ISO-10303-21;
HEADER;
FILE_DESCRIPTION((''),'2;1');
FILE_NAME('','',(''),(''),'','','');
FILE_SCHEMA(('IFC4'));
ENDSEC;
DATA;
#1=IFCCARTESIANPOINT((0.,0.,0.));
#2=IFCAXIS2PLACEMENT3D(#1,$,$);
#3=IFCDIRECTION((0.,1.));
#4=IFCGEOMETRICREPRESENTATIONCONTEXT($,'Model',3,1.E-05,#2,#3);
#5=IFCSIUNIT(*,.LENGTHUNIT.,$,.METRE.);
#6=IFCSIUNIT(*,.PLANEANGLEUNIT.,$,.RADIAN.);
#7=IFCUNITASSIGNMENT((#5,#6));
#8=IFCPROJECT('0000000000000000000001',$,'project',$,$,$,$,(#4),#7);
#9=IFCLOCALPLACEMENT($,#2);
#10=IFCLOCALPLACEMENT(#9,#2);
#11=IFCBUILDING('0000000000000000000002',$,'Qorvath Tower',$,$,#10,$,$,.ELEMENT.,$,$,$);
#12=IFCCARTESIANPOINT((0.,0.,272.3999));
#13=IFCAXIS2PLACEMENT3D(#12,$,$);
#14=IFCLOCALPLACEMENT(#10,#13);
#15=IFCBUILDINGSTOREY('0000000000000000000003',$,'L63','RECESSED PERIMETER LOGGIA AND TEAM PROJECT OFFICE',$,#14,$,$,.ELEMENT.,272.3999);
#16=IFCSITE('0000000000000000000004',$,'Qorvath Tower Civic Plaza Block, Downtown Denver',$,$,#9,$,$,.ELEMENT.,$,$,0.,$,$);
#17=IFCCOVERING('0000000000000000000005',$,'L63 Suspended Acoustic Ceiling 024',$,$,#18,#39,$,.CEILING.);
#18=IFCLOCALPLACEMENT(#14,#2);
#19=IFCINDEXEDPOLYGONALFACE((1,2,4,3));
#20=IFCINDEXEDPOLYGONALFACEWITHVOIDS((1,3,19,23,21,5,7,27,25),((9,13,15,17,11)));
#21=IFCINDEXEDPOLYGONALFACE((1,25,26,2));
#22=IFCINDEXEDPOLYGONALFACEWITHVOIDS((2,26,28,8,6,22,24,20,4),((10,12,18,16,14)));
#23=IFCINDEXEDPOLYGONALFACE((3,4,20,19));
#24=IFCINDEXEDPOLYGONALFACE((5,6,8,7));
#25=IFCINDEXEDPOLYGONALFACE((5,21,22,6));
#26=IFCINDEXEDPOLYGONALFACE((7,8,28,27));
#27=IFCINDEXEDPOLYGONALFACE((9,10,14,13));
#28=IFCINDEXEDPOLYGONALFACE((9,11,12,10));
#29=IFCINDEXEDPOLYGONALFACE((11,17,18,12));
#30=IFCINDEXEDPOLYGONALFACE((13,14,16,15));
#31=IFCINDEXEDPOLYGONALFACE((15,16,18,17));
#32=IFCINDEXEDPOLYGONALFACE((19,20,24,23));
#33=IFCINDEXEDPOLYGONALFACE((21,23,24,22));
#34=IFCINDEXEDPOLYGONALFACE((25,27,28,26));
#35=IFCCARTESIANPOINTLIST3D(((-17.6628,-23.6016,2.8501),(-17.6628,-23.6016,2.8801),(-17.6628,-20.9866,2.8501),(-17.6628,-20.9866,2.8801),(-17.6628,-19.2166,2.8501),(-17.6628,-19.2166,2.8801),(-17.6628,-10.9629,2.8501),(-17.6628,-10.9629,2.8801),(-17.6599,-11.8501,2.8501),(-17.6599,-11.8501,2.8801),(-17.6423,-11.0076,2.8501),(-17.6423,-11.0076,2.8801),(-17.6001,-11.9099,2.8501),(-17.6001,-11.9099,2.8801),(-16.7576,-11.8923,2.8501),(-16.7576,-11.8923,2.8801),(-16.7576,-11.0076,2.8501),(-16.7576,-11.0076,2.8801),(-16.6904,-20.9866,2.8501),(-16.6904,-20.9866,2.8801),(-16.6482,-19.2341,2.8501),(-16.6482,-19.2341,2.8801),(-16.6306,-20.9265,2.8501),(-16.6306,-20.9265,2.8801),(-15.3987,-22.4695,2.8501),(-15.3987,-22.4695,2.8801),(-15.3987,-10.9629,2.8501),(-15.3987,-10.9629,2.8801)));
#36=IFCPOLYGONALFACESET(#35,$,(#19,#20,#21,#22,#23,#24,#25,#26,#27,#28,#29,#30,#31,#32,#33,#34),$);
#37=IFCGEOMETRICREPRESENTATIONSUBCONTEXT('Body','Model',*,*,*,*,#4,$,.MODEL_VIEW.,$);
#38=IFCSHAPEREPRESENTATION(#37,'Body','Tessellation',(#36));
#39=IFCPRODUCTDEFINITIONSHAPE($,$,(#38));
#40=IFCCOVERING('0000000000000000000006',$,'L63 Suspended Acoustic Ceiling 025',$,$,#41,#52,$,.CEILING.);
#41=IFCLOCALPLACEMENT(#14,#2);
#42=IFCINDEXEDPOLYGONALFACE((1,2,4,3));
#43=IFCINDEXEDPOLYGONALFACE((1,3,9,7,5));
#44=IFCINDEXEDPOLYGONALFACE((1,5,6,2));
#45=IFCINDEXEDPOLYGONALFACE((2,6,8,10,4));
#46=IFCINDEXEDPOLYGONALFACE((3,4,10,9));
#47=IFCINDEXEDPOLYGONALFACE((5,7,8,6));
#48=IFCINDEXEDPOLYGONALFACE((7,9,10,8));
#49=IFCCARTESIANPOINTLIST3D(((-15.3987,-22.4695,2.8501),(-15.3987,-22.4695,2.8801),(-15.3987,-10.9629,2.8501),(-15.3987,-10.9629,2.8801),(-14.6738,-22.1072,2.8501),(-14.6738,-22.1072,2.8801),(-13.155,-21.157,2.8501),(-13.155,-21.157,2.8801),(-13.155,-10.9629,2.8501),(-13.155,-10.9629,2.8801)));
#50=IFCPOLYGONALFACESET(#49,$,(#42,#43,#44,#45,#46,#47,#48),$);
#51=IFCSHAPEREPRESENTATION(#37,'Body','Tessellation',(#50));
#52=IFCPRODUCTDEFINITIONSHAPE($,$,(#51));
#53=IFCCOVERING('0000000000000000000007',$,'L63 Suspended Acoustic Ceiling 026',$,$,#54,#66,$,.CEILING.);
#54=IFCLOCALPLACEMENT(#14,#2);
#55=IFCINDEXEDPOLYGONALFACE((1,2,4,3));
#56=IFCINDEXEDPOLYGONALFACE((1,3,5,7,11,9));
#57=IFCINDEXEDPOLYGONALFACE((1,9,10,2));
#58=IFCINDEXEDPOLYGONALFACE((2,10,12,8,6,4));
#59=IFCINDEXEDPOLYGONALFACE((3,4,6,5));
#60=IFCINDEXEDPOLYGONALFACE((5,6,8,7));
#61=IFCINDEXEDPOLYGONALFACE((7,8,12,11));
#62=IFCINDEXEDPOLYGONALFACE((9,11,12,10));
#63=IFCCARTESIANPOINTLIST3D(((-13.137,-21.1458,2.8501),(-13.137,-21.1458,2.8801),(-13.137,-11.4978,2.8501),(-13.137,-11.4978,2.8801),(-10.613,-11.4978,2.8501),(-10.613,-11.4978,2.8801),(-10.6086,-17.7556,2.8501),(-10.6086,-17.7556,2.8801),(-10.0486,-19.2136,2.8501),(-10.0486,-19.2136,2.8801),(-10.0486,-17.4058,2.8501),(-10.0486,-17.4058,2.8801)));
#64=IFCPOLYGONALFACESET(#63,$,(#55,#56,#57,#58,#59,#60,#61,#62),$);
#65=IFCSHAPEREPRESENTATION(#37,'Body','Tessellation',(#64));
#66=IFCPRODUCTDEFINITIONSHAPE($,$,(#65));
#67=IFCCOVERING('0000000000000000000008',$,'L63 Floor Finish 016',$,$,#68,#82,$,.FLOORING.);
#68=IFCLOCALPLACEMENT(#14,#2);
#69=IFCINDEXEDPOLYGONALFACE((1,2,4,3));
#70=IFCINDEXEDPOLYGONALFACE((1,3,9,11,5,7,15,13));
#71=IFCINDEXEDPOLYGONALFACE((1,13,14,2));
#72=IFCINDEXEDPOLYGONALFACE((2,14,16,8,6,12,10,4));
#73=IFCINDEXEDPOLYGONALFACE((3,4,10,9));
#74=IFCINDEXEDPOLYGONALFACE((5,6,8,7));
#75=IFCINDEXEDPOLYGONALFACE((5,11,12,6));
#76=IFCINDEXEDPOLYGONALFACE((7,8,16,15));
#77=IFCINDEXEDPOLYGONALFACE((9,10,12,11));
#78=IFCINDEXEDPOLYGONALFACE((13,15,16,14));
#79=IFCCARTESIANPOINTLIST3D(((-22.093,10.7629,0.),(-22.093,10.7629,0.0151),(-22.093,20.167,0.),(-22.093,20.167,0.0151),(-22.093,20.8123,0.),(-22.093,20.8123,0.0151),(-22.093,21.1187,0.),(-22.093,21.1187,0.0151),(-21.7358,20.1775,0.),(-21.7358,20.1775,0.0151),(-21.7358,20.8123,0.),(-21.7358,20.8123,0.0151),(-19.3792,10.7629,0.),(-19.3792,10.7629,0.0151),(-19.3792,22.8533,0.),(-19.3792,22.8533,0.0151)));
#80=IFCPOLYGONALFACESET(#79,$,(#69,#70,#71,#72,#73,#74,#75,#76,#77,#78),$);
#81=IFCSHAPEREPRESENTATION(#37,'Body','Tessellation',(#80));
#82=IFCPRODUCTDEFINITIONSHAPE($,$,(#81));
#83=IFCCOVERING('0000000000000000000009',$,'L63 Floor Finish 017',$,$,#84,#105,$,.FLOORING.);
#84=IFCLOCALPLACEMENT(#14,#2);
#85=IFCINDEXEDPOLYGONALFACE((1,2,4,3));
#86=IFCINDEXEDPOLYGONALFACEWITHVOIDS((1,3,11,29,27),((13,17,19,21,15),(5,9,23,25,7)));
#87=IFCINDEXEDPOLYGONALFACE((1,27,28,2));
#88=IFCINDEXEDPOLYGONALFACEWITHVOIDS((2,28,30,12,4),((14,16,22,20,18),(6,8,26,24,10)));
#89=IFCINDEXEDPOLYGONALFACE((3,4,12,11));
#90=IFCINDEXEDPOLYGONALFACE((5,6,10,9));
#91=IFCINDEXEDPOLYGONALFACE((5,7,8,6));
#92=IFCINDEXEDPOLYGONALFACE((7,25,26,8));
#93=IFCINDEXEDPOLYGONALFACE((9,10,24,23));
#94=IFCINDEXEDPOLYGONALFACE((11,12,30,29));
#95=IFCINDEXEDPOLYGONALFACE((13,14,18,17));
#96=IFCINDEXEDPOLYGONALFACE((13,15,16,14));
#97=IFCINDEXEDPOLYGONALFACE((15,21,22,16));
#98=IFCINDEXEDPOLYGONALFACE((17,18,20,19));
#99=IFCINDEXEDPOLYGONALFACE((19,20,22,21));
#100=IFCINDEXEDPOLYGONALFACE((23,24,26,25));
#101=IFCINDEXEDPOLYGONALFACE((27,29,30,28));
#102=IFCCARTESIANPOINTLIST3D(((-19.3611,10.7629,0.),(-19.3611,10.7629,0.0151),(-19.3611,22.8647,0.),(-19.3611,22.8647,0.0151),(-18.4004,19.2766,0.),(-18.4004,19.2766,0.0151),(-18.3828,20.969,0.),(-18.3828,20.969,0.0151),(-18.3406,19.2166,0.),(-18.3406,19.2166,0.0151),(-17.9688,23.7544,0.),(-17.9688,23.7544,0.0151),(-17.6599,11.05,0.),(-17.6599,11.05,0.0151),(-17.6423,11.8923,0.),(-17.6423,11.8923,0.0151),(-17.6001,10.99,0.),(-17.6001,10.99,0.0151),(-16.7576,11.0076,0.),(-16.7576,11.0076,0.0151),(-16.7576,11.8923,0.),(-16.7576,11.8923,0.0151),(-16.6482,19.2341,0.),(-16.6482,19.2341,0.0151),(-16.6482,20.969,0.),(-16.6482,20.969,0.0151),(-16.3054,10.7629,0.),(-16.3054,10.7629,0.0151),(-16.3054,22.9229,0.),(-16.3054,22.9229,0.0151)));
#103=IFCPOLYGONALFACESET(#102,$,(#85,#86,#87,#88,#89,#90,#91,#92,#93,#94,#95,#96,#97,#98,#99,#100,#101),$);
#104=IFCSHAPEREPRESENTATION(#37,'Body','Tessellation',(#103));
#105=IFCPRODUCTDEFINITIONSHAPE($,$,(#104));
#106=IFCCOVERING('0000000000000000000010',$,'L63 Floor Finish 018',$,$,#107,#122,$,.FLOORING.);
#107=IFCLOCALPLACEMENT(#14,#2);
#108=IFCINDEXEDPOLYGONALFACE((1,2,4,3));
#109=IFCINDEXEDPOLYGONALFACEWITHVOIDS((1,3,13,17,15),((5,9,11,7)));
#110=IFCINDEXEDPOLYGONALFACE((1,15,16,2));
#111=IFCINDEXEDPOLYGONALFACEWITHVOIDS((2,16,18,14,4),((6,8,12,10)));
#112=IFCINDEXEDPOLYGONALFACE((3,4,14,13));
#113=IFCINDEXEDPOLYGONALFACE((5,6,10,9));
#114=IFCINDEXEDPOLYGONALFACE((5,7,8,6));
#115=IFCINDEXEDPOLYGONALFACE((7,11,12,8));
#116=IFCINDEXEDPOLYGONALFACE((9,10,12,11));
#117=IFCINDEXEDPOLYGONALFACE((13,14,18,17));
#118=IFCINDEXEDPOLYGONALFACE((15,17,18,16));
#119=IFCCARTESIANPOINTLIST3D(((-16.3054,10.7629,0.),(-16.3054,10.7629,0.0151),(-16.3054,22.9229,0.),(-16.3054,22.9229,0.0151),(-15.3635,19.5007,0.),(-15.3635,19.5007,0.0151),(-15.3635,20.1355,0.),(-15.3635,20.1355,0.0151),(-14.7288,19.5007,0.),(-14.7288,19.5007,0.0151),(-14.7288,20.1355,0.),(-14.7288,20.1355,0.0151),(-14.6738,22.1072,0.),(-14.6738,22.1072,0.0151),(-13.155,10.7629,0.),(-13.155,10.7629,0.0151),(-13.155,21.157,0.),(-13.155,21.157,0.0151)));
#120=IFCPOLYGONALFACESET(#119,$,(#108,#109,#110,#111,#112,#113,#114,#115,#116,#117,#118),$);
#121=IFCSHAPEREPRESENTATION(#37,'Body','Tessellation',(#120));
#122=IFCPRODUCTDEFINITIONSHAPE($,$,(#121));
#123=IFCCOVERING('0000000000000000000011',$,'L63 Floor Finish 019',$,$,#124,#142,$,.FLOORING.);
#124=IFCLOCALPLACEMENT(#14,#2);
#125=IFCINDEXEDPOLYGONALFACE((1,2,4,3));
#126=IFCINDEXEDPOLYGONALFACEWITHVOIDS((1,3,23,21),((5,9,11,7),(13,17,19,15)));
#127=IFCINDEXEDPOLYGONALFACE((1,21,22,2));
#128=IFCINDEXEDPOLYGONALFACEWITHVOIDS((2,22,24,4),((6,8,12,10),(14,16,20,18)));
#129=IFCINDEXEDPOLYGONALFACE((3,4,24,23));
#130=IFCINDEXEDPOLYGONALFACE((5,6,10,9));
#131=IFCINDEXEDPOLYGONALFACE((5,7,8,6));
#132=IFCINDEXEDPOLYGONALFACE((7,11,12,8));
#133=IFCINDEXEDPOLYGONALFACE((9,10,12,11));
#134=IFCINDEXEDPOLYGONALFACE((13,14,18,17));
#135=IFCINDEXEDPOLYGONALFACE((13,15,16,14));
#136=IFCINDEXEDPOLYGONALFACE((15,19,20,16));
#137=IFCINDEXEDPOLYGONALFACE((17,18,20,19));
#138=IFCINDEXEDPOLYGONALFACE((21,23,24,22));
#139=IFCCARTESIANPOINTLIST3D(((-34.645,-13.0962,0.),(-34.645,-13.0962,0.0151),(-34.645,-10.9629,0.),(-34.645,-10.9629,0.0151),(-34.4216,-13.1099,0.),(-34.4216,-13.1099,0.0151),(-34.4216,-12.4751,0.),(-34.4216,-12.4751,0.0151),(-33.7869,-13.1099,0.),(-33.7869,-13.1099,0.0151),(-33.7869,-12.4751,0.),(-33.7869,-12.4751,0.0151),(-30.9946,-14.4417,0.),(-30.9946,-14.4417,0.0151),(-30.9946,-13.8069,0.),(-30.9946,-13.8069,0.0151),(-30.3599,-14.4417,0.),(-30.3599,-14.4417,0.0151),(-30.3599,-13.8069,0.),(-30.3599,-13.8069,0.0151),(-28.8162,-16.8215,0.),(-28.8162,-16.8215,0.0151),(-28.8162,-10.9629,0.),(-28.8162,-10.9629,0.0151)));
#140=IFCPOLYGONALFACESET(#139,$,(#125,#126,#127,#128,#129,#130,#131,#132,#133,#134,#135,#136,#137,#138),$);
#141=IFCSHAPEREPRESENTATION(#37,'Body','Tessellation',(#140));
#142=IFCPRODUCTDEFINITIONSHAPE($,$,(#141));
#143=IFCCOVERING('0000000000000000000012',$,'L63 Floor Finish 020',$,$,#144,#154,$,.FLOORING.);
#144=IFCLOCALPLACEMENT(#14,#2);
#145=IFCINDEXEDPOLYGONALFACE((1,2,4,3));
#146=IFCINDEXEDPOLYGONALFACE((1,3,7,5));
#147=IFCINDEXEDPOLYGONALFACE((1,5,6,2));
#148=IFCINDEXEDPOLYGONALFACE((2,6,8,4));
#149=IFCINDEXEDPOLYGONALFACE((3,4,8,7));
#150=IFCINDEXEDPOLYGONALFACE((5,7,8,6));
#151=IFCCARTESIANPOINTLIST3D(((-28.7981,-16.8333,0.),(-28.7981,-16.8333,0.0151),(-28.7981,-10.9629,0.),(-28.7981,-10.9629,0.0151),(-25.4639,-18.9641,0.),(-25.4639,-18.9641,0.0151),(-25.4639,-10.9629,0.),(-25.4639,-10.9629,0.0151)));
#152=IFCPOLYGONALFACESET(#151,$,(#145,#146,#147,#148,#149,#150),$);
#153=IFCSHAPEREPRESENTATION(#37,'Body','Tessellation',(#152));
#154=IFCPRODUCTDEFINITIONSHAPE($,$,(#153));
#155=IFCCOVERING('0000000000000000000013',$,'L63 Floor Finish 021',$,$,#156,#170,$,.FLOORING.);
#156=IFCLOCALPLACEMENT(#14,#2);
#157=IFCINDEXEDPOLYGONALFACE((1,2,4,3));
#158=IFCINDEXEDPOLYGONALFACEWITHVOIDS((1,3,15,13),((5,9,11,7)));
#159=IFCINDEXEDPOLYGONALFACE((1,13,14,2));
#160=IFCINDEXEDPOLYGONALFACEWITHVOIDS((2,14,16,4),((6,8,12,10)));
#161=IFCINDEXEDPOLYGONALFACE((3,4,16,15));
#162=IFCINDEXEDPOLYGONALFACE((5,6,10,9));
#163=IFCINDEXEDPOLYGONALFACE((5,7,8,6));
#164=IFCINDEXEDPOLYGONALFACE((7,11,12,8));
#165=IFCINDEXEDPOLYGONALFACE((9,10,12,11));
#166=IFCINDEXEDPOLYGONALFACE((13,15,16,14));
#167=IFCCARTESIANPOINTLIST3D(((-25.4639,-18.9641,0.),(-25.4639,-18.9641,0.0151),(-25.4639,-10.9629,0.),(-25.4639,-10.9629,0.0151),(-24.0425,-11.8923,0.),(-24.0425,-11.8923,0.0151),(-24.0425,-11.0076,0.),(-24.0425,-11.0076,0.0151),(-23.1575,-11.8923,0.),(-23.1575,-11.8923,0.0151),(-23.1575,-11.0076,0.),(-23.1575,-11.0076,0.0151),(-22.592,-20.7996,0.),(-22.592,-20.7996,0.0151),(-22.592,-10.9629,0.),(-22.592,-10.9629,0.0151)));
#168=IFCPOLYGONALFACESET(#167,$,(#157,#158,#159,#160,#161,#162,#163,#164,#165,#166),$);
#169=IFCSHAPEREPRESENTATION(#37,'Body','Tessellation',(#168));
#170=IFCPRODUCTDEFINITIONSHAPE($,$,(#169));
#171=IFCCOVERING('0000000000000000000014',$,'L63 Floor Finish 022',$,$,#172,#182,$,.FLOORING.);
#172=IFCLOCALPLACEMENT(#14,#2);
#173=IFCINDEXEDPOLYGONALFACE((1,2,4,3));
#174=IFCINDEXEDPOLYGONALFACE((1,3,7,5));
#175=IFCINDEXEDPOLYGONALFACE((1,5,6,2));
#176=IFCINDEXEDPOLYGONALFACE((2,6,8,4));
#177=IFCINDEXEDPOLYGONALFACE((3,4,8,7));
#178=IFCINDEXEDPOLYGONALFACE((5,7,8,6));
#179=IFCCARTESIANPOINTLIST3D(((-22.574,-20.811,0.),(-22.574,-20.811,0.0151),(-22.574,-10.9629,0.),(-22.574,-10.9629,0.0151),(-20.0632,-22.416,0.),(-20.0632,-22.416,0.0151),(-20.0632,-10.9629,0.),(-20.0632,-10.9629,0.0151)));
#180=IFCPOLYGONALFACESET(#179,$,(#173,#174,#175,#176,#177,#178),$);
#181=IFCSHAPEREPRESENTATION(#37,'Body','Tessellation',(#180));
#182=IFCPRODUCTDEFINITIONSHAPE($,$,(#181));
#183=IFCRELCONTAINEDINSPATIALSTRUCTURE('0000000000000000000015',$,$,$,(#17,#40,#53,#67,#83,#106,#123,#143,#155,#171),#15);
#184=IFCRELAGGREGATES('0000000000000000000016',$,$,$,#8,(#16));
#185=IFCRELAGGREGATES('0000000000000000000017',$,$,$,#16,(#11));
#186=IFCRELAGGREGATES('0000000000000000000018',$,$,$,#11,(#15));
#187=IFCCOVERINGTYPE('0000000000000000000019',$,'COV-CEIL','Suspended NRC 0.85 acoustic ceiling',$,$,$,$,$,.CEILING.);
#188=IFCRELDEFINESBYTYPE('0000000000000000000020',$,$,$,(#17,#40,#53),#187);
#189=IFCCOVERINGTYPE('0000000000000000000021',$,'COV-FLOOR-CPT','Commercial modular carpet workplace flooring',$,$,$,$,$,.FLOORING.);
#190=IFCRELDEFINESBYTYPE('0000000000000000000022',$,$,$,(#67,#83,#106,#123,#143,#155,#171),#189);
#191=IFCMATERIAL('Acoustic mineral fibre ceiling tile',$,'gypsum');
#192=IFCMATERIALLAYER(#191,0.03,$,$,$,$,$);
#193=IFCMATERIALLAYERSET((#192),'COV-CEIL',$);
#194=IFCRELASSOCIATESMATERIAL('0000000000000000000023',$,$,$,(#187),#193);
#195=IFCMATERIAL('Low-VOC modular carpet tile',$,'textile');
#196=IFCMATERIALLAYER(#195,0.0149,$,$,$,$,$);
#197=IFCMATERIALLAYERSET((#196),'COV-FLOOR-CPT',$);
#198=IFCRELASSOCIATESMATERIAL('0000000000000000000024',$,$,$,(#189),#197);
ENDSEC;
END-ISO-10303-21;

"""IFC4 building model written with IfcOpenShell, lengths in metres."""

from ifc_helpers import new_model, si_unit, direction, frame, origin, place, context, subcontext, project, spatial, polyline, outline, extrude, material, layer, layer_set, type_object, element, save


model = new_model("IFC4")

# Units and contexts
model_context = context("Model", 3, precision=1e-05, world=origin(), true_north=direction((0.0, 1.0)))
body_context = subcontext(model_context, "Body", "Model", "MODEL_VIEW")
ifc_project = project(units=[si_unit("LENGTHUNIT", "METRE"), si_unit("PLANEANGLEUNIT", "RADIAN")], contexts=[model_context])

# Site, building, storey
site_placement = place(None, origin())
site = spatial("IfcSite", under=ifc_project, at=site_placement, Name="Qorvath Tower Civic Plaza Block, Downtown Denver", CompositionType="ELEMENT", RefElevation=0.0)
building_placement = place(site_placement, origin())
building = spatial("IfcBuilding", under=site, at=building_placement, Name="Qorvath Tower", CompositionType="ELEMENT")
storey_placement = place(building_placement, frame((0.0, 0.0, 272.3999)))
storey = spatial("IfcBuildingStorey", under=building, at=storey_placement, Name="L63", Description="RECESSED PERIMETER LOGGIA AND TEAM PROJECT OFFICE", CompositionType="ELEMENT", Elevation=272.3999)

# Coverings
ifc_material_1 = material(Name="Acoustic mineral fibre ceiling tile", Category="gypsum")
ifc_layer_1 = layer(ifc_material_1, 0.03)
ifc_layer_set_1 = layer_set([ifc_layer_1], Name="COV-CEIL")
covering_type_1 = type_object("IfcCoveringType", Name="COV-CEIL", Description="Suspended NRC 0.85 acoustic ceiling", PredefinedType="CEILING", material=ifc_layer_set_1)
covering_1_placement = place(storey_placement, frame((0.0, 0.0, 2.8501)))
element("IfcCovering", 1, at=covering_1_placement, inside=storey, type_object=covering_type_1, Name="L63 Suspended Acoustic Ceiling 024", PredefinedType="CEILING", context=body_context, shape_type="SweptSolid", body=[
    extrude(outline(polyline([(-17.6628, -20.9866), (-17.6628, -23.6016), (-15.3987, -22.4695), (-15.3987, -10.9629), (-17.6628, -10.9629), (-17.6628, -19.2166), (-16.6482, -19.2341), (-16.6306, -20.9265), (-16.6904, -20.9866), (-17.6628, -20.9866)]), holes=[polyline([(-17.6599, -11.8501), (-17.6423, -11.0076), (-16.7576, -11.0076), (-16.7576, -11.8923), (-17.6001, -11.9099), (-17.6599, -11.8501)])]), origin(), (0.0, 0.0, 1.0), 0.03),
])
covering_2_placement = place(storey_placement, frame((0.0, 0.0, 2.8501)))
element("IfcCovering", 2, at=covering_2_placement, inside=storey, type_object=covering_type_1, Name="L63 Suspended Acoustic Ceiling 025", PredefinedType="CEILING", context=body_context, shape_type="SweptSolid", body=[
    extrude(outline(polyline([(-15.3987, -10.9629), (-15.3987, -22.4695), (-14.6738, -22.1072), (-13.155, -21.157), (-13.155, -10.9629), (-15.3987, -10.9629)])), origin(), (0.0, 0.0, 1.0), 0.03),
])
covering_3_placement = place(storey_placement, frame((0.0, 0.0, 2.8501)))
element("IfcCovering", 3, at=covering_3_placement, inside=storey, type_object=covering_type_1, Name="L63 Suspended Acoustic Ceiling 026", PredefinedType="CEILING", context=body_context, shape_type="SweptSolid", body=[
    extrude(outline(polyline([(-13.137, -11.4978), (-13.137, -21.1458), (-10.0486, -19.2136), (-10.0486, -17.4058), (-10.6086, -17.7556), (-10.613, -11.4978), (-13.137, -11.4978)])), origin(), (0.0, 0.0, 1.0), 0.03),
])
ifc_material_2 = material(Name="Low-VOC modular carpet tile", Category="textile")
ifc_layer_2 = layer(ifc_material_2, 0.0149)
ifc_layer_set_2 = layer_set([ifc_layer_2], Name="COV-FLOOR-CPT")
covering_type_2 = type_object("IfcCoveringType", Name="COV-FLOOR-CPT", Description="Commercial modular carpet workplace flooring", PredefinedType="FLOORING", material=ifc_layer_set_2)
covering_4_placement = place(storey_placement, origin())
element("IfcCovering", 4, at=covering_4_placement, inside=storey, type_object=covering_type_2, Name="L63 Floor Finish 016", PredefinedType="FLOORING", context=body_context, shape_type="SweptSolid", body=[
    extrude(outline(polyline([(-22.093, 21.1187), (-22.093, 20.8123), (-21.7358, 20.8123), (-21.7358, 20.1775), (-22.093, 20.167), (-22.093, 10.7629), (-19.3792, 10.7629), (-19.3792, 22.8533), (-22.093, 21.1187)])), origin(), (0.0, 0.0, 1.0), 0.0151),
])
covering_5_placement = place(storey_placement, origin())
element("IfcCovering", 5, at=covering_5_placement, inside=storey, type_object=covering_type_2, Name="L63 Floor Finish 017", PredefinedType="FLOORING", context=body_context, shape_type="SweptSolid", body=[
    extrude(outline(polyline([(-19.3611, 22.8647), (-19.3611, 10.7629), (-16.3054, 10.7629), (-16.3054, 22.9229), (-17.9688, 23.7544), (-19.3611, 22.8647)]), holes=[polyline([(-18.4004, 19.2766), (-18.3828, 20.969), (-16.6482, 20.969), (-16.6482, 19.2341), (-18.3406, 19.2166), (-18.4004, 19.2766)]), polyline([(-17.6599, 11.05), (-17.6423, 11.8923), (-16.7576, 11.8923), (-16.7576, 11.0076), (-17.6001, 10.99), (-17.6599, 11.05)])]), origin(), (0.0, 0.0, 1.0), 0.0151),
])
covering_6_placement = place(storey_placement, origin())
element("IfcCovering", 6, at=covering_6_placement, inside=storey, type_object=covering_type_2, Name="L63 Floor Finish 018", PredefinedType="FLOORING", context=body_context, shape_type="SweptSolid", body=[
    extrude(outline(polyline([(-16.3054, 22.9229), (-16.3054, 10.7629), (-13.155, 10.7629), (-13.155, 21.157), (-14.6738, 22.1072), (-16.3054, 22.9229)]), holes=[polyline([(-15.3635, 19.5007), (-15.3635, 20.1355), (-14.7288, 20.1355), (-14.7288, 19.5007), (-15.3635, 19.5007)])]), origin(), (0.0, 0.0, 1.0), 0.0151),
])
covering_7_placement = place(storey_placement, origin())
element("IfcCovering", 7, at=covering_7_placement, inside=storey, type_object=covering_type_2, Name="L63 Floor Finish 019", PredefinedType="FLOORING", context=body_context, shape_type="SweptSolid", body=[
    extrude(outline(polyline([(-34.645, -13.0962), (-28.8162, -16.8215), (-28.8162, -10.9629), (-34.645, -10.9629), (-34.645, -13.0962)]), holes=[polyline([(-30.9946, -13.8069), (-30.3599, -13.8069), (-30.3599, -14.4417), (-30.9946, -14.4417), (-30.9946, -13.8069)]), polyline([(-34.4216, -12.4751), (-33.7869, -12.4751), (-33.7869, -13.1099), (-34.4216, -13.1099), (-34.4216, -12.4751)])]), origin(), (0.0, 0.0, 1.0), 0.0151),
])
covering_8_placement = place(storey_placement, origin())
element("IfcCovering", 8, at=covering_8_placement, inside=storey, type_object=covering_type_2, Name="L63 Floor Finish 020", PredefinedType="FLOORING", context=body_context, shape_type="SweptSolid", body=[
    extrude(outline(polyline([(-28.7981, -10.9629), (-28.7981, -16.8333), (-25.4639, -18.9641), (-25.4639, -10.9629), (-28.7981, -10.9629)])), origin(), (0.0, 0.0, 1.0), 0.0151),
])
covering_9_placement = place(storey_placement, origin())
element("IfcCovering", 9, at=covering_9_placement, inside=storey, type_object=covering_type_2, Name="L63 Floor Finish 021", PredefinedType="FLOORING", context=body_context, shape_type="SweptSolid", body=[
    extrude(outline(polyline([(-25.4639, -10.9629), (-25.4639, -18.9641), (-22.592, -20.7996), (-22.592, -10.9629), (-25.4639, -10.9629)]), holes=[polyline([(-24.0425, -11.8923), (-24.0425, -11.0076), (-23.1575, -11.0076), (-23.1575, -11.8923), (-24.0425, -11.8923)])]), origin(), (0.0, 0.0, 1.0), 0.0151),
])
covering_10_placement = place(storey_placement, origin())
element("IfcCovering", 10, at=covering_10_placement, inside=storey, type_object=covering_type_2, Name="L63 Floor Finish 022", PredefinedType="FLOORING", context=body_context, shape_type="SweptSolid", body=[
    extrude(outline(polyline([(-20.0632, -22.416), (-20.0632, -10.9629), (-22.574, -10.9629), (-22.574, -20.811), (-20.0632, -22.416)])), origin(), (0.0, 0.0, 1.0), 0.0151),
])

save(model, "model.ifc")
